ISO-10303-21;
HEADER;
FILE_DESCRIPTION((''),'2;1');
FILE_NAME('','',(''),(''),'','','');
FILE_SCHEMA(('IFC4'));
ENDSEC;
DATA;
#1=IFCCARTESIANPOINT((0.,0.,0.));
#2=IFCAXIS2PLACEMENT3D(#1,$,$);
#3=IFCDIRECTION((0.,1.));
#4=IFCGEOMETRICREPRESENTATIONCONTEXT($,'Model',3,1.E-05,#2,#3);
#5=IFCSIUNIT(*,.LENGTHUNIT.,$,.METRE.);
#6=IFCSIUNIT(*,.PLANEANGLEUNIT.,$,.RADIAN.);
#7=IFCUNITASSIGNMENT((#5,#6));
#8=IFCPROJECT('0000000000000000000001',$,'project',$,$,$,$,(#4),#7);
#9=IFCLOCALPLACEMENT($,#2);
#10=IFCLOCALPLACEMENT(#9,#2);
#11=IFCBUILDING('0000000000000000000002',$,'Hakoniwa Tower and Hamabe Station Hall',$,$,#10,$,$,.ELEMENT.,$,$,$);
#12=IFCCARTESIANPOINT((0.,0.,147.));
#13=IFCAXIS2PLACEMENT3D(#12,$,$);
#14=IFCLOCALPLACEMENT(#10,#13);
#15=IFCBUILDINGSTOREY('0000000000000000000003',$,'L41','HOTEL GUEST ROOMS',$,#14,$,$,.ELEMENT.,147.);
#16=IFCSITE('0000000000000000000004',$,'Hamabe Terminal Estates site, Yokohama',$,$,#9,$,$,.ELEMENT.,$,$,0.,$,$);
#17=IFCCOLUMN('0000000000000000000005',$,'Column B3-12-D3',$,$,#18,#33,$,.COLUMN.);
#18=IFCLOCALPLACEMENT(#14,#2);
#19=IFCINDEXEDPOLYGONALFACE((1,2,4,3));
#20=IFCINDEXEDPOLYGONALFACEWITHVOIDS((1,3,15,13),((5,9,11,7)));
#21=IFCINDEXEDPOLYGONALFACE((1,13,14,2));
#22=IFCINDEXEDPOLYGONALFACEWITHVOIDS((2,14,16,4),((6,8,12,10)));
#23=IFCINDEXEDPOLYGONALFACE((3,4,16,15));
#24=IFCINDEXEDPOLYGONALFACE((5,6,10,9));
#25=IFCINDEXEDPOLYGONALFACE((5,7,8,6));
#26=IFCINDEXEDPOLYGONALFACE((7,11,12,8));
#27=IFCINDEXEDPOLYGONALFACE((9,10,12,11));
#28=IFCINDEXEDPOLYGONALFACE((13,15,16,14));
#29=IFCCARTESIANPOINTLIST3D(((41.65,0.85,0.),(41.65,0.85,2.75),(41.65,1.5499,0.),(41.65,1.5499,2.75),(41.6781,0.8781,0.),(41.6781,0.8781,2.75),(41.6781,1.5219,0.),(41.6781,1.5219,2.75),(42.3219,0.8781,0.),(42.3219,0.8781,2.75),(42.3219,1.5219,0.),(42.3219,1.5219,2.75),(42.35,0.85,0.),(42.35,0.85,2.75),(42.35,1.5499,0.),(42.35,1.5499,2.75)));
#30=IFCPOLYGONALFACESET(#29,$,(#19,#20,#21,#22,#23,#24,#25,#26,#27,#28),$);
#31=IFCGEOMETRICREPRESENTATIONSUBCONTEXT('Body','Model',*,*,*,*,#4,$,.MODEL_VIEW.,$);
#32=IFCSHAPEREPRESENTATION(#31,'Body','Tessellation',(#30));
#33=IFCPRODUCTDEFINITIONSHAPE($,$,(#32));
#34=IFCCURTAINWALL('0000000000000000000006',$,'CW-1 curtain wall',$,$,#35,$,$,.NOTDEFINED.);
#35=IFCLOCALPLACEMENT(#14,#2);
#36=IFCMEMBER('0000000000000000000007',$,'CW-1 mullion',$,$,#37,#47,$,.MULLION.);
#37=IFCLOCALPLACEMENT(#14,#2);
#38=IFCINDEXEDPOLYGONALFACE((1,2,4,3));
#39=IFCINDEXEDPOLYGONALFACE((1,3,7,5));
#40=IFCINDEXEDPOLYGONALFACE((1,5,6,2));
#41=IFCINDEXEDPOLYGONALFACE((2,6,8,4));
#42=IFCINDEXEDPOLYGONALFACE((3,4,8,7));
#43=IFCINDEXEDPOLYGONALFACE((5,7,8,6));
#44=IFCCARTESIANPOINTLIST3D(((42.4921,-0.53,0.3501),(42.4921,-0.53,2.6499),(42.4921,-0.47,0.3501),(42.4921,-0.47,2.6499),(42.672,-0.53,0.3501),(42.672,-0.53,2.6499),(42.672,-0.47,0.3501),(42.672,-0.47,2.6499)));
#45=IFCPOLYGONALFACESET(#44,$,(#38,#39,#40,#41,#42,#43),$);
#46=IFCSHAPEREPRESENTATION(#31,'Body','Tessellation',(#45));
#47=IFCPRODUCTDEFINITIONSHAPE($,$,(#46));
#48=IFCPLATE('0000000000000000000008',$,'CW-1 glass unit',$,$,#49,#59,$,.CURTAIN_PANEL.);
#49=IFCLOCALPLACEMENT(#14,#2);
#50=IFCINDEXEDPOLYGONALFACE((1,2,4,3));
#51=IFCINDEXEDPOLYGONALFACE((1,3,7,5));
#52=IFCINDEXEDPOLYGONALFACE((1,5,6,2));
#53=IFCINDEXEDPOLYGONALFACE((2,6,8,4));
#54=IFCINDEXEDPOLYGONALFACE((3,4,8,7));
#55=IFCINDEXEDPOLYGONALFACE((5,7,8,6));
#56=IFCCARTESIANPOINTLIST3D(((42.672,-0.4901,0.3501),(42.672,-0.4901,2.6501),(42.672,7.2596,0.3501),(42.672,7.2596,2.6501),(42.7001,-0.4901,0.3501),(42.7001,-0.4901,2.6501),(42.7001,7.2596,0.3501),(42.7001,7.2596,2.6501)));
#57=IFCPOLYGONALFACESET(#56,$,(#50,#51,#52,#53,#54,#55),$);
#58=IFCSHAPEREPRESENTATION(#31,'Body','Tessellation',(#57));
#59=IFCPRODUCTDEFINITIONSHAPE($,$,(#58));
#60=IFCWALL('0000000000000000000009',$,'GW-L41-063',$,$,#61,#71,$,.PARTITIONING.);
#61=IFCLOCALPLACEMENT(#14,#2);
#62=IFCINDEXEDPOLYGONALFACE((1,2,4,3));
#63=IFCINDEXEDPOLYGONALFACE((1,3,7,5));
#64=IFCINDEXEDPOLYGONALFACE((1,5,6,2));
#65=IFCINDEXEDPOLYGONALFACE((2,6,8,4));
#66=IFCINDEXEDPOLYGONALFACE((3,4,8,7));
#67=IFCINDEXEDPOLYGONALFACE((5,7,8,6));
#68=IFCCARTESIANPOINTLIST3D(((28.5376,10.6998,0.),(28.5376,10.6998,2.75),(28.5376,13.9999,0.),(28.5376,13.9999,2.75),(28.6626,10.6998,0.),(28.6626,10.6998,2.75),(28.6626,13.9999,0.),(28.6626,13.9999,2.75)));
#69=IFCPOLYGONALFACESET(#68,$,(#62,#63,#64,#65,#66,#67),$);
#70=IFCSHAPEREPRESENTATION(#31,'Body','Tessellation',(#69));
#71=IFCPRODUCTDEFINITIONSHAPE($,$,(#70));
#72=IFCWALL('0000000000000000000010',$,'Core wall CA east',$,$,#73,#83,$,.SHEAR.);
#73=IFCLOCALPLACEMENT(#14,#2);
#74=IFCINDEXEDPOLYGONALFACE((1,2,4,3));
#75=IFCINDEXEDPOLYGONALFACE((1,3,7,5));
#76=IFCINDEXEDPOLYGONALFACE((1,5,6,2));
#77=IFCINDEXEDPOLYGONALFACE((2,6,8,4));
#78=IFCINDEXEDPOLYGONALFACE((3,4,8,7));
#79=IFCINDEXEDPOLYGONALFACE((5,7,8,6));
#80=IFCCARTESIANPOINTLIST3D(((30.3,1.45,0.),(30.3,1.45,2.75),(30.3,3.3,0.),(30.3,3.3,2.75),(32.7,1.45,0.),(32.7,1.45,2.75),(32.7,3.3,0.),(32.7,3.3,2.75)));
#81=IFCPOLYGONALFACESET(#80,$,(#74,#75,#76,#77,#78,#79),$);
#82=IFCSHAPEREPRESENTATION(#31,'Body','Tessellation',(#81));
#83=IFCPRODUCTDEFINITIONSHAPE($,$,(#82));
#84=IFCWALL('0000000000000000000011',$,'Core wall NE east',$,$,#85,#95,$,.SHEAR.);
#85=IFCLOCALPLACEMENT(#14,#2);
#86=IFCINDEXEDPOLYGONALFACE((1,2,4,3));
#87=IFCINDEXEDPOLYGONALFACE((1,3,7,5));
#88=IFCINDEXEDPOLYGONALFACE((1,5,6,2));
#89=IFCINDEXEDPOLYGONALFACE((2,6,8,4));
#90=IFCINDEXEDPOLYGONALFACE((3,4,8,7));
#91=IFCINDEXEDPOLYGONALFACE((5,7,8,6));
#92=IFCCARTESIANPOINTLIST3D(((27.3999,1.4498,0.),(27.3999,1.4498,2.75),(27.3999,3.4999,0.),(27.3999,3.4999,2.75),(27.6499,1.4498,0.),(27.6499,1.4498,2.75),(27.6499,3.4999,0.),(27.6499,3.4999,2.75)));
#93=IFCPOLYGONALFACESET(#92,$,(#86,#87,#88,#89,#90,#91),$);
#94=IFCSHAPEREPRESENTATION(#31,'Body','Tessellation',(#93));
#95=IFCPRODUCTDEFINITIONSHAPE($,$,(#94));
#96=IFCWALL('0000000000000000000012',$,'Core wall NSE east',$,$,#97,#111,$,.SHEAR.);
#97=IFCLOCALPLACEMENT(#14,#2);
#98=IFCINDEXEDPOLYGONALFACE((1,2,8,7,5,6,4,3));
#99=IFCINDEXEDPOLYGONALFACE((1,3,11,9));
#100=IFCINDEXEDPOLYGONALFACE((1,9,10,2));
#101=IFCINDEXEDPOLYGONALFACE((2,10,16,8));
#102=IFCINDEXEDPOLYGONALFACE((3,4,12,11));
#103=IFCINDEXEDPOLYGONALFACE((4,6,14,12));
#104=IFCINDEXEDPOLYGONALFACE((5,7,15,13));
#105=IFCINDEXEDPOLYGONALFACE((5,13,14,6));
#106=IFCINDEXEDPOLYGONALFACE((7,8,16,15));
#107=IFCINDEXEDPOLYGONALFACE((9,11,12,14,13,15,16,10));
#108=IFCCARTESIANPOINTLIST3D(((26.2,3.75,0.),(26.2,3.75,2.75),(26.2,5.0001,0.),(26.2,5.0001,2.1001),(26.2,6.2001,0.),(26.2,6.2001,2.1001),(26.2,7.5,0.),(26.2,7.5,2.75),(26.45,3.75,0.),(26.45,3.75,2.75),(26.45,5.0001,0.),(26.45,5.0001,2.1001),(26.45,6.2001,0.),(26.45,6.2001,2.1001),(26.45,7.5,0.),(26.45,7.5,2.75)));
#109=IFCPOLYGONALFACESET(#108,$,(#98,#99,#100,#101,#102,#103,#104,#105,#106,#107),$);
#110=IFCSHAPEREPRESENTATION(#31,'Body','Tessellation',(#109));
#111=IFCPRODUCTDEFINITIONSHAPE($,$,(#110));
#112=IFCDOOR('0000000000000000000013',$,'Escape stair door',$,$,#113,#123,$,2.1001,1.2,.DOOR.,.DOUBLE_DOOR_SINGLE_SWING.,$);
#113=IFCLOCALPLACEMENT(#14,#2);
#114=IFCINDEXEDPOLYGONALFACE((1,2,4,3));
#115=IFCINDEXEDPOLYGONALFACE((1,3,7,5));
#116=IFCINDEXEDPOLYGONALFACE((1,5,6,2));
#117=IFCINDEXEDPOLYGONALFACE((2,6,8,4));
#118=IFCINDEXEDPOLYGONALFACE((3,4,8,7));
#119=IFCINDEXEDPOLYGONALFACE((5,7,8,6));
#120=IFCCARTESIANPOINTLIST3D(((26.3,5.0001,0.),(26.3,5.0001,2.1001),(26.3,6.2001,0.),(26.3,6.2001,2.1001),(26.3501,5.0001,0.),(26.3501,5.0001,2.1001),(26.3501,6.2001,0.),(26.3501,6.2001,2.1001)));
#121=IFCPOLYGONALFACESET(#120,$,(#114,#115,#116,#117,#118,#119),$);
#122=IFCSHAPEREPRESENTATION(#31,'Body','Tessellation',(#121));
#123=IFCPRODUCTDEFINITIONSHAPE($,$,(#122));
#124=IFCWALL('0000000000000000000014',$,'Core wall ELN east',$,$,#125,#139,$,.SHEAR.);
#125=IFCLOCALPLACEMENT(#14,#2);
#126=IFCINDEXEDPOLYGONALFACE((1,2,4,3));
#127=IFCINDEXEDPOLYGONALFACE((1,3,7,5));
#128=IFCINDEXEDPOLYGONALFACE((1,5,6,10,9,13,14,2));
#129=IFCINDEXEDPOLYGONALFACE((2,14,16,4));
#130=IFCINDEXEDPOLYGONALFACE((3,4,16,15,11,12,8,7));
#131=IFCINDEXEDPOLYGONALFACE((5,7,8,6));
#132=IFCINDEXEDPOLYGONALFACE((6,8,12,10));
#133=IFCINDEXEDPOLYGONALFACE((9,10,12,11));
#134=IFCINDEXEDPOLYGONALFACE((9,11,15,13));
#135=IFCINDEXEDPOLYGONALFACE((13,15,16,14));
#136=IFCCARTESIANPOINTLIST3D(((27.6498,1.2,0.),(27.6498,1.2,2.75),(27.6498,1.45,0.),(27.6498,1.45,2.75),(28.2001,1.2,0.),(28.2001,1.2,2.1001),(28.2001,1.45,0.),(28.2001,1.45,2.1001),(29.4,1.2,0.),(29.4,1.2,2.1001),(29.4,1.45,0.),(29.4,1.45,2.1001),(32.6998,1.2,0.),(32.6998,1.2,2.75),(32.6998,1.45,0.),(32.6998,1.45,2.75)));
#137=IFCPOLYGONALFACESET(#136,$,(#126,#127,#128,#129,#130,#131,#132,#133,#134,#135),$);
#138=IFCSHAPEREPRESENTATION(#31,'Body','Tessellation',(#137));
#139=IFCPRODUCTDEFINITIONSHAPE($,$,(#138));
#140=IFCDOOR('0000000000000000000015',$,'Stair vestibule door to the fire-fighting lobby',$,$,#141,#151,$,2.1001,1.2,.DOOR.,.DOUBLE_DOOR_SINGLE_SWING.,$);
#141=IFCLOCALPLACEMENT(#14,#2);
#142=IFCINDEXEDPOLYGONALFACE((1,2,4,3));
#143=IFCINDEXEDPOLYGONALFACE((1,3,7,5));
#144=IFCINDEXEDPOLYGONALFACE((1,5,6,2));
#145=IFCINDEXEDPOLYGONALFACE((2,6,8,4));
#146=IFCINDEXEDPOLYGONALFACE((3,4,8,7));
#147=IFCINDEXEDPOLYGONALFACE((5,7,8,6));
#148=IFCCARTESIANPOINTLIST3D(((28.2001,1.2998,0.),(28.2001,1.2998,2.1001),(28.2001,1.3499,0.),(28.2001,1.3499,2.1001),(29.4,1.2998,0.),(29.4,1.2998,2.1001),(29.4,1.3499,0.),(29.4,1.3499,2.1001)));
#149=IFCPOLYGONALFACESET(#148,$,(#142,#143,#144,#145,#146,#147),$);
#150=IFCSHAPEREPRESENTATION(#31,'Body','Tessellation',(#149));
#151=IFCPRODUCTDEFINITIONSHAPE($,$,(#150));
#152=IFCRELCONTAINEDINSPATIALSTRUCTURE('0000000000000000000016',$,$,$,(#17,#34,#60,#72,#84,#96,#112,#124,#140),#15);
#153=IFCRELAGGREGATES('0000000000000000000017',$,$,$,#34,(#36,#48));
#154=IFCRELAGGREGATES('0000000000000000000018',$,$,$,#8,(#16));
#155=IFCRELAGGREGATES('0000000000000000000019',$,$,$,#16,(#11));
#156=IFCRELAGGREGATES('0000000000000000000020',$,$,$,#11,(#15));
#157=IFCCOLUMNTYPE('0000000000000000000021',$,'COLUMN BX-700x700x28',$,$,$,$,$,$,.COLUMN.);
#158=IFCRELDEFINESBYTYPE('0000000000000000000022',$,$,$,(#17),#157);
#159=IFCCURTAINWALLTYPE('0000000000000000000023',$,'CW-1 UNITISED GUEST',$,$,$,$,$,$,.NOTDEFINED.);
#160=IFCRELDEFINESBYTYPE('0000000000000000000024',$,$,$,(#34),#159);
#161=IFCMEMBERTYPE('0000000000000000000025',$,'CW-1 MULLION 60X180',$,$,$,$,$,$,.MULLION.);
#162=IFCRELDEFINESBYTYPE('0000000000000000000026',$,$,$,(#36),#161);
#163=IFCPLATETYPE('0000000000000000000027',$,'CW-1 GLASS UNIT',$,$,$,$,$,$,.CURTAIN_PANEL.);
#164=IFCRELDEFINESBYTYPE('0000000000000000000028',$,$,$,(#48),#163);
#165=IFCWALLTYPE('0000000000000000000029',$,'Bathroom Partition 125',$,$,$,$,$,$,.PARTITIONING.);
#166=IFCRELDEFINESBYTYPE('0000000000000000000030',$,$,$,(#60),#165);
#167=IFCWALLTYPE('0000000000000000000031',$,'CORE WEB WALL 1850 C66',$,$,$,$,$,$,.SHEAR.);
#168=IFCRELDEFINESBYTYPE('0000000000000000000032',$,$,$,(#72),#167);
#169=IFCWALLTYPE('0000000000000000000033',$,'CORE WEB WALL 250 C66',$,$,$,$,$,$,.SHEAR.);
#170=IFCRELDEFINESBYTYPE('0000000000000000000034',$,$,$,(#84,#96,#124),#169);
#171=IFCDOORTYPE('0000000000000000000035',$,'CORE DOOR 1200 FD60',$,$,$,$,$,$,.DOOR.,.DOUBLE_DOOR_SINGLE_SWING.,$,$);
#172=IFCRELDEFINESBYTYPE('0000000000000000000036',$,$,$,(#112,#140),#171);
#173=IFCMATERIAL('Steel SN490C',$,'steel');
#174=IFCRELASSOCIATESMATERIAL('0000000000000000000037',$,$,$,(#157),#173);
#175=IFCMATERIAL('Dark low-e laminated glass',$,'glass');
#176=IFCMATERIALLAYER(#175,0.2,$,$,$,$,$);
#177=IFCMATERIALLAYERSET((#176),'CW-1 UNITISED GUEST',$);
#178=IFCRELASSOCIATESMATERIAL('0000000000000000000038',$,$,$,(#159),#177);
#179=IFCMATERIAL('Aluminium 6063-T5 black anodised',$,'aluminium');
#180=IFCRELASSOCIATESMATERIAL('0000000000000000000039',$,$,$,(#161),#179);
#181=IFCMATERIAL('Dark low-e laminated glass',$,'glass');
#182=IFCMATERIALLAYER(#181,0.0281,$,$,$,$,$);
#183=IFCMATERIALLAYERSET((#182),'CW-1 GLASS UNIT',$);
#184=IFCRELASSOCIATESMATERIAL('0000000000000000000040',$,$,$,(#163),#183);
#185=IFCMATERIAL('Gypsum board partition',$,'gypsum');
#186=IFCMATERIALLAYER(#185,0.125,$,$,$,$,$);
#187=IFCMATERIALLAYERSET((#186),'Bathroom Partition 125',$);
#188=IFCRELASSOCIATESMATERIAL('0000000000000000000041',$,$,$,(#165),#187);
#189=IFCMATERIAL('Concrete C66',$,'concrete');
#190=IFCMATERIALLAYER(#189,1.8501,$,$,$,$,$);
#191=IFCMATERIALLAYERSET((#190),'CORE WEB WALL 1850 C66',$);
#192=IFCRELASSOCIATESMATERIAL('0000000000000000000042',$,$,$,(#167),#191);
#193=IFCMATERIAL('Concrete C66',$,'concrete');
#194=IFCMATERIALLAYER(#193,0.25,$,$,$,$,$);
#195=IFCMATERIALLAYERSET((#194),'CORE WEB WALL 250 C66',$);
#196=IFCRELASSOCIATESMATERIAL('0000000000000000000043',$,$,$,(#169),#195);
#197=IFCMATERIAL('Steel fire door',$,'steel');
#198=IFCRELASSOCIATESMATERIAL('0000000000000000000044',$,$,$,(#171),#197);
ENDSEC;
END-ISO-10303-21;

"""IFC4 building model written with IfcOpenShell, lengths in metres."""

from ifc_helpers import new_model, si_unit, direction, frame, frame_2d, origin, origin_2d, place, context, subcontext, project, spatial, rectangle, hollow_rectangle, extrude, material, layer, layer_set, material_profile, profile_set, type_object, element, fill, aggregate, save


model = new_model("IFC4")

# Units and contexts
model_context = context("Model", 3, precision=1e-05, world=origin(), true_north=direction((0.0, 1.0)))
body_context = subcontext(model_context, "Body", "Model", "MODEL_VIEW")
ifc_project = project(units=[si_unit("LENGTHUNIT", "METRE"), si_unit("PLANEANGLEUNIT", "RADIAN")], contexts=[model_context])

# Site, building, storey
site_placement = place(None, origin())
site = spatial("IfcSite", under=ifc_project, at=site_placement, Name="Hamabe Terminal Estates site, Yokohama", CompositionType="ELEMENT", RefElevation=0.0)
building_placement = place(site_placement, origin())
building = spatial("IfcBuilding", under=site, at=building_placement, Name="Hakoniwa Tower and Hamabe Station Hall", CompositionType="ELEMENT")
storey_placement = place(building_placement, frame((0.0, 0.0, 147.0)))
storey = spatial("IfcBuildingStorey", under=building, at=storey_placement, Name="L41", Description="HOTEL GUEST ROOMS", CompositionType="ELEMENT", Elevation=147.0)

# Column
ifc_material_1 = material(Name="Steel SN490C", Category="steel")
ifc_material_profile_1 = material_profile(ifc_material_1, hollow_rectangle(XDim=0.7, YDim=0.7, WallThickness=0.0281, at=origin_2d()), Name="BX-700x700x28")
ifc_profile_set_1 = profile_set([ifc_material_profile_1], Name="Steel SN490C")
column_type = type_object("IfcColumnType", Name="COLUMN BX-700x700x28", PredefinedType="COLUMN", material=ifc_profile_set_1)
column_placement = place(storey_placement, frame((42.0, 1.2, 0.0), z_axis=(0.0, 0.0, 1.0), x_axis=(1.0, 0.0, 0.0)))
element("IfcColumn", 1, at=column_placement, inside=storey, type_object=column_type, Name="Column B3-12-D3", PredefinedType="COLUMN", context=body_context, shape_type="SweptSolid", body=[
    extrude(hollow_rectangle(XDim=0.7, YDim=0.7, WallThickness=0.0281, at=origin_2d()), origin(), (0.0, 0.0, 1.0), 2.75),
])

# Curtain wall, member, plate
ifc_material_2 = material(Name="Dark low-e laminated glass", Category="glass")
ifc_layer_1 = layer(ifc_material_2, 0.2)
ifc_layer_set_1 = layer_set([ifc_layer_1], Name="CW-1 UNITISED GUEST")
curtain_wall_type = type_object("IfcCurtainWallType", Name="CW-1 UNITISED GUEST", PredefinedType="NOTDEFINED", material=ifc_layer_set_1)
curtain_wall_placement = place(storey_placement, origin())
curtain_wall = element("IfcCurtainWall", 2, at=curtain_wall_placement, inside=storey, type_object=curtain_wall_type, Name="CW-1 curtain wall", PredefinedType="NOTDEFINED")
ifc_material_3 = material(Name="Aluminium 6063-T5 black anodised", Category="aluminium")
ifc_material_profile_2 = material_profile(ifc_material_3, rectangle(XDim=0.0601, YDim=0.1799, at=origin_2d()), Name="CW-1 MULLION 60X180")
ifc_profile_set_2 = profile_set([ifc_material_profile_2], Name="Aluminium 6063-T5 black anodised")
member_type = type_object("IfcMemberType", Name="CW-1 MULLION 60X180", PredefinedType="MULLION", material=ifc_profile_set_2)
member_placement = place(storey_placement, frame((42.582, -0.5, 0.3501), z_axis=(0.0, 0.0, 1.0), x_axis=(0.0, 1.0, 0.0)))
member = element("IfcMember", 3, at=member_placement, type_object=member_type, Name="CW-1 mullion", PredefinedType="MULLION", context=body_context, shape_type="SweptSolid", body=[
    extrude(rectangle(XDim=0.0601, YDim=0.1799, at=origin_2d()), origin(), (0.0, 0.0, 1.0), 2.2998),
])
ifc_material_4 = material(Name="Dark low-e laminated glass", Category="glass")
ifc_layer_2 = layer(ifc_material_4, 0.0281)
ifc_layer_set_2 = layer_set([ifc_layer_2], Name="CW-1 GLASS UNIT")
plate_type = type_object("IfcPlateType", Name="CW-1 GLASS UNIT", PredefinedType="CURTAIN_PANEL", material=ifc_layer_set_2)
plate_placement = place(storey_placement, frame((42.686, 3.3848, 0.3501), z_axis=(0.0, 0.0, 1.0), x_axis=(0.0, 1.0, 0.0)))
plate = element("IfcPlate", 4, at=plate_placement, type_object=plate_type, Name="CW-1 glass unit", PredefinedType="CURTAIN_PANEL", context=body_context, shape_type="SweptSolid", body=[
    extrude(rectangle(XDim=7.7498, YDim=0.0281, at=origin_2d()), origin(), (0.0, 0.0, 1.0), 2.3),
])
aggregate(curtain_wall, [member, plate])

# Walls
ifc_material_5 = material(Name="Gypsum board partition", Category="gypsum")
ifc_layer_3 = layer(ifc_material_5, 0.125)
ifc_layer_set_3 = layer_set([ifc_layer_3], Name="Bathroom Partition 125")
wall_type_1 = type_object("IfcWallType", Name="Bathroom Partition 125", PredefinedType="PARTITIONING", material=ifc_layer_set_3)
wall_1_placement = place(storey_placement, frame((28.6001, 10.7, 0.0), z_axis=(0.0, 0.0, 1.0), x_axis=(0.0, 1.0, 0.0)))
element("IfcWall", 5, at=wall_1_placement, inside=storey, type_object=wall_type_1, Name="GW-L41-063", PredefinedType="PARTITIONING", context=body_context, shape_type="SweptSolid", body=[
    extrude(rectangle(XDim=3.3, YDim=0.125, at=frame_2d((1.6499, 0.0))), origin(), (0.0, 0.0, 1.0), 2.75),
])
ifc_material_6 = material(Name="Concrete C66", Category="concrete")
ifc_layer_4 = layer(ifc_material_6, 1.8501)
ifc_layer_set_4 = layer_set([ifc_layer_4], Name="CORE WEB WALL 1850 C66")
wall_type_2 = type_object("IfcWallType", Name="CORE WEB WALL 1850 C66", PredefinedType="SHEAR", material=ifc_layer_set_4)
wall_2_placement = place(storey_placement, frame((30.3, 2.375, 0.0), z_axis=(0.0, 0.0, 1.0), x_axis=(1.0, 0.0, 0.0)))
element("IfcWall", 6, at=wall_2_placement, inside=storey, type_object=wall_type_2, Name="Core wall CA east", PredefinedType="SHEAR", context=body_context, shape_type="SweptSolid", body=[
    extrude(rectangle(XDim=2.3999, YDim=1.8501, at=frame_2d((1.2, 0.0))), origin(), (0.0, 0.0, 1.0), 2.75),
])
ifc_material_7 = material(Name="Concrete C66", Category="concrete")
ifc_layer_5 = layer(ifc_material_7, 0.25)
ifc_layer_set_5 = layer_set([ifc_layer_5], Name="CORE WEB WALL 250 C66")
wall_type_3 = type_object("IfcWallType", Name="CORE WEB WALL 250 C66", PredefinedType="SHEAR", material=ifc_layer_set_5)
wall_3_placement = place(storey_placement, frame((27.5249, 1.45, 0.0), z_axis=(0.0, 0.0, 1.0), x_axis=(0.0, 1.0, 0.0)))
element("IfcWall", 7, at=wall_3_placement, inside=storey, type_object=wall_type_3, Name="Core wall NE east", PredefinedType="SHEAR", context=body_context, shape_type="SweptSolid", body=[
    extrude(rectangle(XDim=2.05, YDim=0.25, at=frame_2d((1.0249, 0.0))), origin(), (0.0, 0.0, 1.0), 2.75),
])

# Walls, openings, doors
wall_4_placement = place(storey_placement, frame((26.325, 3.75, 0.0), z_axis=(0.0, 0.0, 1.0), x_axis=(0.0, 1.0, 0.0)))
wall_4 = element("IfcWall", 8, at=wall_4_placement, inside=storey, type_object=wall_type_3, Name="Core wall NSE east", PredefinedType="SHEAR", context=body_context, shape_type="SweptSolid", body=[
    extrude(rectangle(XDim=3.75, YDim=0.25, at=frame_2d((1.875, 0.0))), origin(), (0.0, 0.0, 1.0), 2.75),
])
opening_1_placement = place(wall_4_placement, frame((1.25, 0.0, 0.0)))
opening_1 = element("IfcOpeningElement", 9, at=opening_1_placement, cuts=wall_4, PredefinedType="OPENING", context=body_context, shape_type="SweptSolid", body=[
    extrude(rectangle(XDim=1.2, YDim=2.1001, at=frame_2d((0.6001, 1.05))), frame((0.0, 0.135, 0.0), z_axis=(0.0, -1.0, 0.0), x_axis=(1.0, 0.0, 0.0)), (0.0, 0.0, 1.0), 0.27),
])
ifc_material_8 = material(Name="Steel fire door", Category="steel")
door_type_1 = type_object("IfcDoorType", Name="CORE DOOR 1200 FD60", OperationType="DOUBLE_DOOR_SINGLE_SWING", PredefinedType="DOOR", material=ifc_material_8)
door_1_placement = place(opening_1_placement, origin())
door_1 = element("IfcDoor", 10, at=door_1_placement, inside=storey, type_object=door_type_1, Name="Escape stair door", OperationType="DOUBLE_DOOR_SINGLE_SWING", OverallHeight=2.1001, OverallWidth=1.2, PredefinedType="DOOR", context=body_context, shape_type="SweptSolid", body=[
    extrude(rectangle(XDim=1.2, YDim=2.1001, at=frame_2d((0.6001, 1.05))), frame((0.0, 0.0249, 0.0), z_axis=(0.0, -1.0, 0.0), x_axis=(1.0, 0.0, 0.0)), (0.0, 0.0, 1.0), 0.05),
])
fill(opening_1, door_1)
wall_5_placement = place(storey_placement, frame((27.6499, 1.325, 0.0), z_axis=(0.0, 0.0, 1.0), x_axis=(1.0, 0.0, 0.0)))
wall_5 = element("IfcWall", 11, at=wall_5_placement, inside=storey, type_object=wall_type_3, Name="Core wall ELN east", PredefinedType="SHEAR", context=body_context, shape_type="SweptSolid", body=[
    extrude(rectangle(XDim=5.05, YDim=0.25, at=frame_2d((2.5249, 0.0))), origin(), (0.0, 0.0, 1.0), 2.75),
])
opening_2_placement = place(wall_5_placement, frame((0.55, 0.0, 0.0)))
opening_2 = element("IfcOpeningElement", 12, at=opening_2_placement, cuts=wall_5, PredefinedType="OPENING", context=body_context, shape_type="SweptSolid", body=[
    extrude(rectangle(XDim=1.2, YDim=2.1001, at=frame_2d((0.6001, 1.05))), frame((0.0, 0.135, 0.0), z_axis=(0.0, -1.0, 0.0), x_axis=(1.0, 0.0, 0.0)), (0.0, 0.0, 1.0), 0.27),
])
door_2_placement = place(opening_2_placement, origin())
door_2 = element("IfcDoor", 13, at=door_2_placement, inside=storey, type_object=door_type_1, Name="Stair vestibule door to the fire-fighting lobby", OperationType="DOUBLE_DOOR_SINGLE_SWING", OverallHeight=2.1001, OverallWidth=1.2, PredefinedType="DOOR", context=body_context, shape_type="SweptSolid", body=[
    extrude(rectangle(XDim=1.2, YDim=2.1001, at=frame_2d((0.6001, 1.05))), frame((0.0, 0.0249, 0.0), z_axis=(0.0, -1.0, 0.0), x_axis=(1.0, 0.0, 0.0)), (0.0, 0.0, 1.0), 0.05),
])
fill(opening_2, door_2)

save(model, "model.ifc")
